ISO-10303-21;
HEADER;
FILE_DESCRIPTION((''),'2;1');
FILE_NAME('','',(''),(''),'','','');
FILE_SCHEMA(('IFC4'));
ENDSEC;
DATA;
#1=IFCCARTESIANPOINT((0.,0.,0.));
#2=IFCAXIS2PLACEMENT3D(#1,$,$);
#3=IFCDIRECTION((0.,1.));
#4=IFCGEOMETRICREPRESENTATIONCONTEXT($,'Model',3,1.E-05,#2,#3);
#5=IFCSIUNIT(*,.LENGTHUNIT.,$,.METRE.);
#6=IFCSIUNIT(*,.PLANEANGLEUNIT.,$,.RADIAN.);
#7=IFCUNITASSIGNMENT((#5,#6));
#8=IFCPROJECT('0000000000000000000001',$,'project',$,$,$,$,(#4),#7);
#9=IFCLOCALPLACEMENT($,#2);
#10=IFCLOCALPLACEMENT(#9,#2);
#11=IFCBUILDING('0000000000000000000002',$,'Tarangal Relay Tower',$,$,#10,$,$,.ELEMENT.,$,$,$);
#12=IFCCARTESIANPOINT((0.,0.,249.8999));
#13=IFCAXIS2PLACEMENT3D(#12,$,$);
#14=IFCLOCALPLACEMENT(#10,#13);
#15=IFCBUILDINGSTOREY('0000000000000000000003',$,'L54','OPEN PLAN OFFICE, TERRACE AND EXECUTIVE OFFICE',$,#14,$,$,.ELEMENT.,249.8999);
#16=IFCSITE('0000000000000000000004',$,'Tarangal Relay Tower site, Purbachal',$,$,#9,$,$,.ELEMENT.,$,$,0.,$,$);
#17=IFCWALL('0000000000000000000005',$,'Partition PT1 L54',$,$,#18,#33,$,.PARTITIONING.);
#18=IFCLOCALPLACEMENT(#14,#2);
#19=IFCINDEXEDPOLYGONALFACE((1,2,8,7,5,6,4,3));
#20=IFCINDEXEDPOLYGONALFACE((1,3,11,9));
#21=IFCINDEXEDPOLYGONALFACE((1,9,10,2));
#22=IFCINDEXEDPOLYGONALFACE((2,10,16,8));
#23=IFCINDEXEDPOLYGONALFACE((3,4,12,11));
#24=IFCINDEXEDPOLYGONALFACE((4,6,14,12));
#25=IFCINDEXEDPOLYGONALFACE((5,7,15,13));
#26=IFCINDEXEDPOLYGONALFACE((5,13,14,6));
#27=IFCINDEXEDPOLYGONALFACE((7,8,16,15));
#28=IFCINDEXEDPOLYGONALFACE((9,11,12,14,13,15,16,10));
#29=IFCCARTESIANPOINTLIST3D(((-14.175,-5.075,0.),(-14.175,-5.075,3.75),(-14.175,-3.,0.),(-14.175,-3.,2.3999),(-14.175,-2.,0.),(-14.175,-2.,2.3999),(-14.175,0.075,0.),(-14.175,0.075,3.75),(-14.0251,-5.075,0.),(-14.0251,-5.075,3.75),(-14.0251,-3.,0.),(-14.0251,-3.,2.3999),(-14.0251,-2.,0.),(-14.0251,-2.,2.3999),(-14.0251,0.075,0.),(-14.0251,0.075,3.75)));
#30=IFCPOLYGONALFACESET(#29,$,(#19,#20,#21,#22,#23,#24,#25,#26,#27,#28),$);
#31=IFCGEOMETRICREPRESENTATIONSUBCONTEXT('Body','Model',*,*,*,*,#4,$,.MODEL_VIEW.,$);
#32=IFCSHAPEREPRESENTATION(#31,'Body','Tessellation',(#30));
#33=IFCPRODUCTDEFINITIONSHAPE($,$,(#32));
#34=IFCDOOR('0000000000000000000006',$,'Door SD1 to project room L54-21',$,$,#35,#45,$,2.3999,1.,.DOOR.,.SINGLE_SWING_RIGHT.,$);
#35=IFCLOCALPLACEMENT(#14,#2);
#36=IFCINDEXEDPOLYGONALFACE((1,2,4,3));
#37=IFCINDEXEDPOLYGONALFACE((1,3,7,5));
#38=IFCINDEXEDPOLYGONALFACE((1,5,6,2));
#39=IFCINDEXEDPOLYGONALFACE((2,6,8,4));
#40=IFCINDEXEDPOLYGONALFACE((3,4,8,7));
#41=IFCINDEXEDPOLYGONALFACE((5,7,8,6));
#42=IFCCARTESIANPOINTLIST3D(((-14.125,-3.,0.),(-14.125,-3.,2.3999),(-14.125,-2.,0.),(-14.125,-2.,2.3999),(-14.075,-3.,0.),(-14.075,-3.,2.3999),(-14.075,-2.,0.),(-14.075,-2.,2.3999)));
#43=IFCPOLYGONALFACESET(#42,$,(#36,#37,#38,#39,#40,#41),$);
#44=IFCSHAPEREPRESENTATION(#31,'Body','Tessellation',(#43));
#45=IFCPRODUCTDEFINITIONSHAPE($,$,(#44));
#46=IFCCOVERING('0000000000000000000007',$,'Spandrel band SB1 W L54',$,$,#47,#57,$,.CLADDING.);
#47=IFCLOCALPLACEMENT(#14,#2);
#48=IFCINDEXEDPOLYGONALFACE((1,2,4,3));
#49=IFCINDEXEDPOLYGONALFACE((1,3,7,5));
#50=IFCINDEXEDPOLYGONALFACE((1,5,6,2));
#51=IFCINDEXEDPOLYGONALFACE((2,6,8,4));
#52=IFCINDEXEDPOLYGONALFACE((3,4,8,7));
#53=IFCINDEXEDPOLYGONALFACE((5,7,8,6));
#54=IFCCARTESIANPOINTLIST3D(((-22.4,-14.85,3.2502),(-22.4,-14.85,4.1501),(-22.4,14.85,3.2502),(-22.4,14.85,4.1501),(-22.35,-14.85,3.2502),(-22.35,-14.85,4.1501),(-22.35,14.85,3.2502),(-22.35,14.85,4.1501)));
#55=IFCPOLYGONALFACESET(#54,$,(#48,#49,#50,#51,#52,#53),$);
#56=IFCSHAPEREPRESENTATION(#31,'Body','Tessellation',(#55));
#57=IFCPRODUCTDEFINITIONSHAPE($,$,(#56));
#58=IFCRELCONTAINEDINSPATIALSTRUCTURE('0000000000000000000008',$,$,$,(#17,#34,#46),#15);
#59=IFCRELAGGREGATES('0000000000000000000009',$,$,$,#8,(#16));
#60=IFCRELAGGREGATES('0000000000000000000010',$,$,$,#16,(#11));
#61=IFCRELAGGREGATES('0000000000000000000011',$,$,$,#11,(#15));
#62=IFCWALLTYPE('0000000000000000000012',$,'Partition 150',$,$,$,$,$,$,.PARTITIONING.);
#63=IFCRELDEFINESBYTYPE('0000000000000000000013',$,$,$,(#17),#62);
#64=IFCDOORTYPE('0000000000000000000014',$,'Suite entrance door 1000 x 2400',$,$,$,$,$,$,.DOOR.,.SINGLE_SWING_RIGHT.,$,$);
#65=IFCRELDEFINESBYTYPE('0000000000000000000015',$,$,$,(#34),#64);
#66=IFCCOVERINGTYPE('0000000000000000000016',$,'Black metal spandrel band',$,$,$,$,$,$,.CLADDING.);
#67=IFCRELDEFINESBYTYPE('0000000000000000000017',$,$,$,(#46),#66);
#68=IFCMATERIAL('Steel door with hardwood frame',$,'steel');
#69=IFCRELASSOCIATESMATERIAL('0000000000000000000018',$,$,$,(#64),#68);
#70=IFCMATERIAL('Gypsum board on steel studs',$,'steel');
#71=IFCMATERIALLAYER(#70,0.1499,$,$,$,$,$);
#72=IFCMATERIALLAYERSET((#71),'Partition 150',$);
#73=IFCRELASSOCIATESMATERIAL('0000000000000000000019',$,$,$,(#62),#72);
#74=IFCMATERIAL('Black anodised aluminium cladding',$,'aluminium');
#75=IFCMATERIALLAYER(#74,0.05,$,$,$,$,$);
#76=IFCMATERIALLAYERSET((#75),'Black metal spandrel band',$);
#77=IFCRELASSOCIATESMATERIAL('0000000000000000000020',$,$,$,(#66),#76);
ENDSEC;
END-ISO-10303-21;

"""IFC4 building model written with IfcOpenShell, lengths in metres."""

from ifc_helpers import new_model, si_unit, direction, frame, frame_2d, origin, origin_2d, place, context, subcontext, project, spatial, rectangle, extrude, material, layer, layer_set, type_object, element, fill, save


model = new_model("IFC4")

# Units and contexts
model_context = context("Model", 3, precision=1e-05, world=origin(), true_north=direction((0.0, 1.0)))
body_context = subcontext(model_context, "Body", "Model", "MODEL_VIEW")
ifc_project = project(units=[si_unit("LENGTHUNIT", "METRE"), si_unit("PLANEANGLEUNIT", "RADIAN")], contexts=[model_context])

# Site, building, storey
site_placement = place(None, origin())
site = spatial("IfcSite", under=ifc_project, at=site_placement, Name="Tarangal Relay Tower site, Purbachal", CompositionType="ELEMENT", RefElevation=0.0)
building_placement = place(site_placement, origin())
building = spatial("IfcBuilding", under=site, at=building_placement, Name="Tarangal Relay Tower", CompositionType="ELEMENT")
storey_placement = place(building_placement, frame((0.0, 0.0, 249.8999)))
storey = spatial("IfcBuildingStorey", under=building, at=storey_placement, Name="L54", Description="OPEN PLAN OFFICE, TERRACE AND EXECUTIVE OFFICE", CompositionType="ELEMENT", Elevation=249.8999)

# Shared definitions
ifc_material_1 = material(Name="Steel door with hardwood frame", Category="steel")
door_type = type_object("IfcDoorType", Name="Suite entrance door 1000 x 2400", OperationType="SINGLE_SWING_RIGHT", PredefinedType="DOOR", material=ifc_material_1)

# Wall, opening, door
ifc_material_2 = material(Name="Gypsum board on steel studs", Category="steel")
ifc_layer_1 = layer(ifc_material_2, 0.1499)
ifc_layer_set_1 = layer_set([ifc_layer_1], Name="Partition 150")
wall_type_1 = type_object("IfcWallType", Name="Partition 150", PredefinedType="PARTITIONING", material=ifc_layer_set_1)
wall_1_placement = place(storey_placement, frame((-14.1001, -5.075, 0.0), z_axis=(0.0, 0.0, 1.0), x_axis=(0.0, 1.0, 0.0)))
wall_1 = element("IfcWall", 1, at=wall_1_placement, inside=storey, type_object=wall_type_1, Name="Partition PT1 L54", PredefinedType="PARTITIONING", context=body_context, shape_type="SweptSolid", body=[
    extrude(rectangle(XDim=5.1499, YDim=0.1499, at=frame_2d((2.575, 0.0))), origin(), (0.0, 0.0, 1.0), 3.75),
])
opening_1_placement = place(wall_1_placement, frame((2.075, 0.0, 0.0)))
opening_1 = element("IfcOpeningElement", 2, at=opening_1_placement, cuts=wall_1, PredefinedType="OPENING", context=body_context, shape_type="SweptSolid", body=[
    extrude(rectangle(XDim=1.0, YDim=2.3999, at=frame_2d((0.5, 1.2))), frame((0.0, 0.085, 0.0), z_axis=(0.0, -1.0, 0.0), x_axis=(1.0, 0.0, 0.0)), (0.0, 0.0, 1.0), 0.1699),
])
door_1_placement = place(opening_1_placement, origin())
door_1 = element("IfcDoor", 3, at=door_1_placement, inside=storey, type_object=door_type, Name="Door SD1 to project room L54-21", OperationType="SINGLE_SWING_RIGHT", OverallHeight=2.3999, OverallWidth=1.0, PredefinedType="DOOR", context=body_context, shape_type="SweptSolid", body=[
    extrude(rectangle(XDim=1.0, YDim=2.3999, at=frame_2d((0.5, 1.2))), frame((0.0, 0.0249, 0.0), z_axis=(0.0, -1.0, 0.0), x_axis=(1.0, 0.0, 0.0)), (0.0, 0.0, 1.0), 0.05),
])
fill(opening_1, door_1)

# Covering
ifc_material_3 = material(Name="Black anodised aluminium cladding", Category="aluminium")
ifc_layer_2 = layer(ifc_material_3, 0.05)
ifc_layer_set_2 = layer_set([ifc_layer_2], Name="Black metal spandrel band")
covering_type = type_object("IfcCoveringType", Name="Black metal spandrel band", PredefinedType="CLADDING", material=ifc_layer_set_2)
covering_placement = place(storey_placement, frame((-22.375, 0.0, 3.2502), z_axis=(0.0, 0.0, 1.0), x_axis=(0.0, 1.0, 0.0)))
element("IfcCovering", 4, at=covering_placement, inside=storey, type_object=covering_type, Name="Spandrel band SB1 W L54", PredefinedType="CLADDING", context=body_context, shape_type="SweptSolid", body=[
    extrude(rectangle(XDim=29.7, YDim=0.05, at=origin_2d()), origin(), (0.0, 0.0, 1.0), 0.8999),
])

save(model, "model.ifc")
